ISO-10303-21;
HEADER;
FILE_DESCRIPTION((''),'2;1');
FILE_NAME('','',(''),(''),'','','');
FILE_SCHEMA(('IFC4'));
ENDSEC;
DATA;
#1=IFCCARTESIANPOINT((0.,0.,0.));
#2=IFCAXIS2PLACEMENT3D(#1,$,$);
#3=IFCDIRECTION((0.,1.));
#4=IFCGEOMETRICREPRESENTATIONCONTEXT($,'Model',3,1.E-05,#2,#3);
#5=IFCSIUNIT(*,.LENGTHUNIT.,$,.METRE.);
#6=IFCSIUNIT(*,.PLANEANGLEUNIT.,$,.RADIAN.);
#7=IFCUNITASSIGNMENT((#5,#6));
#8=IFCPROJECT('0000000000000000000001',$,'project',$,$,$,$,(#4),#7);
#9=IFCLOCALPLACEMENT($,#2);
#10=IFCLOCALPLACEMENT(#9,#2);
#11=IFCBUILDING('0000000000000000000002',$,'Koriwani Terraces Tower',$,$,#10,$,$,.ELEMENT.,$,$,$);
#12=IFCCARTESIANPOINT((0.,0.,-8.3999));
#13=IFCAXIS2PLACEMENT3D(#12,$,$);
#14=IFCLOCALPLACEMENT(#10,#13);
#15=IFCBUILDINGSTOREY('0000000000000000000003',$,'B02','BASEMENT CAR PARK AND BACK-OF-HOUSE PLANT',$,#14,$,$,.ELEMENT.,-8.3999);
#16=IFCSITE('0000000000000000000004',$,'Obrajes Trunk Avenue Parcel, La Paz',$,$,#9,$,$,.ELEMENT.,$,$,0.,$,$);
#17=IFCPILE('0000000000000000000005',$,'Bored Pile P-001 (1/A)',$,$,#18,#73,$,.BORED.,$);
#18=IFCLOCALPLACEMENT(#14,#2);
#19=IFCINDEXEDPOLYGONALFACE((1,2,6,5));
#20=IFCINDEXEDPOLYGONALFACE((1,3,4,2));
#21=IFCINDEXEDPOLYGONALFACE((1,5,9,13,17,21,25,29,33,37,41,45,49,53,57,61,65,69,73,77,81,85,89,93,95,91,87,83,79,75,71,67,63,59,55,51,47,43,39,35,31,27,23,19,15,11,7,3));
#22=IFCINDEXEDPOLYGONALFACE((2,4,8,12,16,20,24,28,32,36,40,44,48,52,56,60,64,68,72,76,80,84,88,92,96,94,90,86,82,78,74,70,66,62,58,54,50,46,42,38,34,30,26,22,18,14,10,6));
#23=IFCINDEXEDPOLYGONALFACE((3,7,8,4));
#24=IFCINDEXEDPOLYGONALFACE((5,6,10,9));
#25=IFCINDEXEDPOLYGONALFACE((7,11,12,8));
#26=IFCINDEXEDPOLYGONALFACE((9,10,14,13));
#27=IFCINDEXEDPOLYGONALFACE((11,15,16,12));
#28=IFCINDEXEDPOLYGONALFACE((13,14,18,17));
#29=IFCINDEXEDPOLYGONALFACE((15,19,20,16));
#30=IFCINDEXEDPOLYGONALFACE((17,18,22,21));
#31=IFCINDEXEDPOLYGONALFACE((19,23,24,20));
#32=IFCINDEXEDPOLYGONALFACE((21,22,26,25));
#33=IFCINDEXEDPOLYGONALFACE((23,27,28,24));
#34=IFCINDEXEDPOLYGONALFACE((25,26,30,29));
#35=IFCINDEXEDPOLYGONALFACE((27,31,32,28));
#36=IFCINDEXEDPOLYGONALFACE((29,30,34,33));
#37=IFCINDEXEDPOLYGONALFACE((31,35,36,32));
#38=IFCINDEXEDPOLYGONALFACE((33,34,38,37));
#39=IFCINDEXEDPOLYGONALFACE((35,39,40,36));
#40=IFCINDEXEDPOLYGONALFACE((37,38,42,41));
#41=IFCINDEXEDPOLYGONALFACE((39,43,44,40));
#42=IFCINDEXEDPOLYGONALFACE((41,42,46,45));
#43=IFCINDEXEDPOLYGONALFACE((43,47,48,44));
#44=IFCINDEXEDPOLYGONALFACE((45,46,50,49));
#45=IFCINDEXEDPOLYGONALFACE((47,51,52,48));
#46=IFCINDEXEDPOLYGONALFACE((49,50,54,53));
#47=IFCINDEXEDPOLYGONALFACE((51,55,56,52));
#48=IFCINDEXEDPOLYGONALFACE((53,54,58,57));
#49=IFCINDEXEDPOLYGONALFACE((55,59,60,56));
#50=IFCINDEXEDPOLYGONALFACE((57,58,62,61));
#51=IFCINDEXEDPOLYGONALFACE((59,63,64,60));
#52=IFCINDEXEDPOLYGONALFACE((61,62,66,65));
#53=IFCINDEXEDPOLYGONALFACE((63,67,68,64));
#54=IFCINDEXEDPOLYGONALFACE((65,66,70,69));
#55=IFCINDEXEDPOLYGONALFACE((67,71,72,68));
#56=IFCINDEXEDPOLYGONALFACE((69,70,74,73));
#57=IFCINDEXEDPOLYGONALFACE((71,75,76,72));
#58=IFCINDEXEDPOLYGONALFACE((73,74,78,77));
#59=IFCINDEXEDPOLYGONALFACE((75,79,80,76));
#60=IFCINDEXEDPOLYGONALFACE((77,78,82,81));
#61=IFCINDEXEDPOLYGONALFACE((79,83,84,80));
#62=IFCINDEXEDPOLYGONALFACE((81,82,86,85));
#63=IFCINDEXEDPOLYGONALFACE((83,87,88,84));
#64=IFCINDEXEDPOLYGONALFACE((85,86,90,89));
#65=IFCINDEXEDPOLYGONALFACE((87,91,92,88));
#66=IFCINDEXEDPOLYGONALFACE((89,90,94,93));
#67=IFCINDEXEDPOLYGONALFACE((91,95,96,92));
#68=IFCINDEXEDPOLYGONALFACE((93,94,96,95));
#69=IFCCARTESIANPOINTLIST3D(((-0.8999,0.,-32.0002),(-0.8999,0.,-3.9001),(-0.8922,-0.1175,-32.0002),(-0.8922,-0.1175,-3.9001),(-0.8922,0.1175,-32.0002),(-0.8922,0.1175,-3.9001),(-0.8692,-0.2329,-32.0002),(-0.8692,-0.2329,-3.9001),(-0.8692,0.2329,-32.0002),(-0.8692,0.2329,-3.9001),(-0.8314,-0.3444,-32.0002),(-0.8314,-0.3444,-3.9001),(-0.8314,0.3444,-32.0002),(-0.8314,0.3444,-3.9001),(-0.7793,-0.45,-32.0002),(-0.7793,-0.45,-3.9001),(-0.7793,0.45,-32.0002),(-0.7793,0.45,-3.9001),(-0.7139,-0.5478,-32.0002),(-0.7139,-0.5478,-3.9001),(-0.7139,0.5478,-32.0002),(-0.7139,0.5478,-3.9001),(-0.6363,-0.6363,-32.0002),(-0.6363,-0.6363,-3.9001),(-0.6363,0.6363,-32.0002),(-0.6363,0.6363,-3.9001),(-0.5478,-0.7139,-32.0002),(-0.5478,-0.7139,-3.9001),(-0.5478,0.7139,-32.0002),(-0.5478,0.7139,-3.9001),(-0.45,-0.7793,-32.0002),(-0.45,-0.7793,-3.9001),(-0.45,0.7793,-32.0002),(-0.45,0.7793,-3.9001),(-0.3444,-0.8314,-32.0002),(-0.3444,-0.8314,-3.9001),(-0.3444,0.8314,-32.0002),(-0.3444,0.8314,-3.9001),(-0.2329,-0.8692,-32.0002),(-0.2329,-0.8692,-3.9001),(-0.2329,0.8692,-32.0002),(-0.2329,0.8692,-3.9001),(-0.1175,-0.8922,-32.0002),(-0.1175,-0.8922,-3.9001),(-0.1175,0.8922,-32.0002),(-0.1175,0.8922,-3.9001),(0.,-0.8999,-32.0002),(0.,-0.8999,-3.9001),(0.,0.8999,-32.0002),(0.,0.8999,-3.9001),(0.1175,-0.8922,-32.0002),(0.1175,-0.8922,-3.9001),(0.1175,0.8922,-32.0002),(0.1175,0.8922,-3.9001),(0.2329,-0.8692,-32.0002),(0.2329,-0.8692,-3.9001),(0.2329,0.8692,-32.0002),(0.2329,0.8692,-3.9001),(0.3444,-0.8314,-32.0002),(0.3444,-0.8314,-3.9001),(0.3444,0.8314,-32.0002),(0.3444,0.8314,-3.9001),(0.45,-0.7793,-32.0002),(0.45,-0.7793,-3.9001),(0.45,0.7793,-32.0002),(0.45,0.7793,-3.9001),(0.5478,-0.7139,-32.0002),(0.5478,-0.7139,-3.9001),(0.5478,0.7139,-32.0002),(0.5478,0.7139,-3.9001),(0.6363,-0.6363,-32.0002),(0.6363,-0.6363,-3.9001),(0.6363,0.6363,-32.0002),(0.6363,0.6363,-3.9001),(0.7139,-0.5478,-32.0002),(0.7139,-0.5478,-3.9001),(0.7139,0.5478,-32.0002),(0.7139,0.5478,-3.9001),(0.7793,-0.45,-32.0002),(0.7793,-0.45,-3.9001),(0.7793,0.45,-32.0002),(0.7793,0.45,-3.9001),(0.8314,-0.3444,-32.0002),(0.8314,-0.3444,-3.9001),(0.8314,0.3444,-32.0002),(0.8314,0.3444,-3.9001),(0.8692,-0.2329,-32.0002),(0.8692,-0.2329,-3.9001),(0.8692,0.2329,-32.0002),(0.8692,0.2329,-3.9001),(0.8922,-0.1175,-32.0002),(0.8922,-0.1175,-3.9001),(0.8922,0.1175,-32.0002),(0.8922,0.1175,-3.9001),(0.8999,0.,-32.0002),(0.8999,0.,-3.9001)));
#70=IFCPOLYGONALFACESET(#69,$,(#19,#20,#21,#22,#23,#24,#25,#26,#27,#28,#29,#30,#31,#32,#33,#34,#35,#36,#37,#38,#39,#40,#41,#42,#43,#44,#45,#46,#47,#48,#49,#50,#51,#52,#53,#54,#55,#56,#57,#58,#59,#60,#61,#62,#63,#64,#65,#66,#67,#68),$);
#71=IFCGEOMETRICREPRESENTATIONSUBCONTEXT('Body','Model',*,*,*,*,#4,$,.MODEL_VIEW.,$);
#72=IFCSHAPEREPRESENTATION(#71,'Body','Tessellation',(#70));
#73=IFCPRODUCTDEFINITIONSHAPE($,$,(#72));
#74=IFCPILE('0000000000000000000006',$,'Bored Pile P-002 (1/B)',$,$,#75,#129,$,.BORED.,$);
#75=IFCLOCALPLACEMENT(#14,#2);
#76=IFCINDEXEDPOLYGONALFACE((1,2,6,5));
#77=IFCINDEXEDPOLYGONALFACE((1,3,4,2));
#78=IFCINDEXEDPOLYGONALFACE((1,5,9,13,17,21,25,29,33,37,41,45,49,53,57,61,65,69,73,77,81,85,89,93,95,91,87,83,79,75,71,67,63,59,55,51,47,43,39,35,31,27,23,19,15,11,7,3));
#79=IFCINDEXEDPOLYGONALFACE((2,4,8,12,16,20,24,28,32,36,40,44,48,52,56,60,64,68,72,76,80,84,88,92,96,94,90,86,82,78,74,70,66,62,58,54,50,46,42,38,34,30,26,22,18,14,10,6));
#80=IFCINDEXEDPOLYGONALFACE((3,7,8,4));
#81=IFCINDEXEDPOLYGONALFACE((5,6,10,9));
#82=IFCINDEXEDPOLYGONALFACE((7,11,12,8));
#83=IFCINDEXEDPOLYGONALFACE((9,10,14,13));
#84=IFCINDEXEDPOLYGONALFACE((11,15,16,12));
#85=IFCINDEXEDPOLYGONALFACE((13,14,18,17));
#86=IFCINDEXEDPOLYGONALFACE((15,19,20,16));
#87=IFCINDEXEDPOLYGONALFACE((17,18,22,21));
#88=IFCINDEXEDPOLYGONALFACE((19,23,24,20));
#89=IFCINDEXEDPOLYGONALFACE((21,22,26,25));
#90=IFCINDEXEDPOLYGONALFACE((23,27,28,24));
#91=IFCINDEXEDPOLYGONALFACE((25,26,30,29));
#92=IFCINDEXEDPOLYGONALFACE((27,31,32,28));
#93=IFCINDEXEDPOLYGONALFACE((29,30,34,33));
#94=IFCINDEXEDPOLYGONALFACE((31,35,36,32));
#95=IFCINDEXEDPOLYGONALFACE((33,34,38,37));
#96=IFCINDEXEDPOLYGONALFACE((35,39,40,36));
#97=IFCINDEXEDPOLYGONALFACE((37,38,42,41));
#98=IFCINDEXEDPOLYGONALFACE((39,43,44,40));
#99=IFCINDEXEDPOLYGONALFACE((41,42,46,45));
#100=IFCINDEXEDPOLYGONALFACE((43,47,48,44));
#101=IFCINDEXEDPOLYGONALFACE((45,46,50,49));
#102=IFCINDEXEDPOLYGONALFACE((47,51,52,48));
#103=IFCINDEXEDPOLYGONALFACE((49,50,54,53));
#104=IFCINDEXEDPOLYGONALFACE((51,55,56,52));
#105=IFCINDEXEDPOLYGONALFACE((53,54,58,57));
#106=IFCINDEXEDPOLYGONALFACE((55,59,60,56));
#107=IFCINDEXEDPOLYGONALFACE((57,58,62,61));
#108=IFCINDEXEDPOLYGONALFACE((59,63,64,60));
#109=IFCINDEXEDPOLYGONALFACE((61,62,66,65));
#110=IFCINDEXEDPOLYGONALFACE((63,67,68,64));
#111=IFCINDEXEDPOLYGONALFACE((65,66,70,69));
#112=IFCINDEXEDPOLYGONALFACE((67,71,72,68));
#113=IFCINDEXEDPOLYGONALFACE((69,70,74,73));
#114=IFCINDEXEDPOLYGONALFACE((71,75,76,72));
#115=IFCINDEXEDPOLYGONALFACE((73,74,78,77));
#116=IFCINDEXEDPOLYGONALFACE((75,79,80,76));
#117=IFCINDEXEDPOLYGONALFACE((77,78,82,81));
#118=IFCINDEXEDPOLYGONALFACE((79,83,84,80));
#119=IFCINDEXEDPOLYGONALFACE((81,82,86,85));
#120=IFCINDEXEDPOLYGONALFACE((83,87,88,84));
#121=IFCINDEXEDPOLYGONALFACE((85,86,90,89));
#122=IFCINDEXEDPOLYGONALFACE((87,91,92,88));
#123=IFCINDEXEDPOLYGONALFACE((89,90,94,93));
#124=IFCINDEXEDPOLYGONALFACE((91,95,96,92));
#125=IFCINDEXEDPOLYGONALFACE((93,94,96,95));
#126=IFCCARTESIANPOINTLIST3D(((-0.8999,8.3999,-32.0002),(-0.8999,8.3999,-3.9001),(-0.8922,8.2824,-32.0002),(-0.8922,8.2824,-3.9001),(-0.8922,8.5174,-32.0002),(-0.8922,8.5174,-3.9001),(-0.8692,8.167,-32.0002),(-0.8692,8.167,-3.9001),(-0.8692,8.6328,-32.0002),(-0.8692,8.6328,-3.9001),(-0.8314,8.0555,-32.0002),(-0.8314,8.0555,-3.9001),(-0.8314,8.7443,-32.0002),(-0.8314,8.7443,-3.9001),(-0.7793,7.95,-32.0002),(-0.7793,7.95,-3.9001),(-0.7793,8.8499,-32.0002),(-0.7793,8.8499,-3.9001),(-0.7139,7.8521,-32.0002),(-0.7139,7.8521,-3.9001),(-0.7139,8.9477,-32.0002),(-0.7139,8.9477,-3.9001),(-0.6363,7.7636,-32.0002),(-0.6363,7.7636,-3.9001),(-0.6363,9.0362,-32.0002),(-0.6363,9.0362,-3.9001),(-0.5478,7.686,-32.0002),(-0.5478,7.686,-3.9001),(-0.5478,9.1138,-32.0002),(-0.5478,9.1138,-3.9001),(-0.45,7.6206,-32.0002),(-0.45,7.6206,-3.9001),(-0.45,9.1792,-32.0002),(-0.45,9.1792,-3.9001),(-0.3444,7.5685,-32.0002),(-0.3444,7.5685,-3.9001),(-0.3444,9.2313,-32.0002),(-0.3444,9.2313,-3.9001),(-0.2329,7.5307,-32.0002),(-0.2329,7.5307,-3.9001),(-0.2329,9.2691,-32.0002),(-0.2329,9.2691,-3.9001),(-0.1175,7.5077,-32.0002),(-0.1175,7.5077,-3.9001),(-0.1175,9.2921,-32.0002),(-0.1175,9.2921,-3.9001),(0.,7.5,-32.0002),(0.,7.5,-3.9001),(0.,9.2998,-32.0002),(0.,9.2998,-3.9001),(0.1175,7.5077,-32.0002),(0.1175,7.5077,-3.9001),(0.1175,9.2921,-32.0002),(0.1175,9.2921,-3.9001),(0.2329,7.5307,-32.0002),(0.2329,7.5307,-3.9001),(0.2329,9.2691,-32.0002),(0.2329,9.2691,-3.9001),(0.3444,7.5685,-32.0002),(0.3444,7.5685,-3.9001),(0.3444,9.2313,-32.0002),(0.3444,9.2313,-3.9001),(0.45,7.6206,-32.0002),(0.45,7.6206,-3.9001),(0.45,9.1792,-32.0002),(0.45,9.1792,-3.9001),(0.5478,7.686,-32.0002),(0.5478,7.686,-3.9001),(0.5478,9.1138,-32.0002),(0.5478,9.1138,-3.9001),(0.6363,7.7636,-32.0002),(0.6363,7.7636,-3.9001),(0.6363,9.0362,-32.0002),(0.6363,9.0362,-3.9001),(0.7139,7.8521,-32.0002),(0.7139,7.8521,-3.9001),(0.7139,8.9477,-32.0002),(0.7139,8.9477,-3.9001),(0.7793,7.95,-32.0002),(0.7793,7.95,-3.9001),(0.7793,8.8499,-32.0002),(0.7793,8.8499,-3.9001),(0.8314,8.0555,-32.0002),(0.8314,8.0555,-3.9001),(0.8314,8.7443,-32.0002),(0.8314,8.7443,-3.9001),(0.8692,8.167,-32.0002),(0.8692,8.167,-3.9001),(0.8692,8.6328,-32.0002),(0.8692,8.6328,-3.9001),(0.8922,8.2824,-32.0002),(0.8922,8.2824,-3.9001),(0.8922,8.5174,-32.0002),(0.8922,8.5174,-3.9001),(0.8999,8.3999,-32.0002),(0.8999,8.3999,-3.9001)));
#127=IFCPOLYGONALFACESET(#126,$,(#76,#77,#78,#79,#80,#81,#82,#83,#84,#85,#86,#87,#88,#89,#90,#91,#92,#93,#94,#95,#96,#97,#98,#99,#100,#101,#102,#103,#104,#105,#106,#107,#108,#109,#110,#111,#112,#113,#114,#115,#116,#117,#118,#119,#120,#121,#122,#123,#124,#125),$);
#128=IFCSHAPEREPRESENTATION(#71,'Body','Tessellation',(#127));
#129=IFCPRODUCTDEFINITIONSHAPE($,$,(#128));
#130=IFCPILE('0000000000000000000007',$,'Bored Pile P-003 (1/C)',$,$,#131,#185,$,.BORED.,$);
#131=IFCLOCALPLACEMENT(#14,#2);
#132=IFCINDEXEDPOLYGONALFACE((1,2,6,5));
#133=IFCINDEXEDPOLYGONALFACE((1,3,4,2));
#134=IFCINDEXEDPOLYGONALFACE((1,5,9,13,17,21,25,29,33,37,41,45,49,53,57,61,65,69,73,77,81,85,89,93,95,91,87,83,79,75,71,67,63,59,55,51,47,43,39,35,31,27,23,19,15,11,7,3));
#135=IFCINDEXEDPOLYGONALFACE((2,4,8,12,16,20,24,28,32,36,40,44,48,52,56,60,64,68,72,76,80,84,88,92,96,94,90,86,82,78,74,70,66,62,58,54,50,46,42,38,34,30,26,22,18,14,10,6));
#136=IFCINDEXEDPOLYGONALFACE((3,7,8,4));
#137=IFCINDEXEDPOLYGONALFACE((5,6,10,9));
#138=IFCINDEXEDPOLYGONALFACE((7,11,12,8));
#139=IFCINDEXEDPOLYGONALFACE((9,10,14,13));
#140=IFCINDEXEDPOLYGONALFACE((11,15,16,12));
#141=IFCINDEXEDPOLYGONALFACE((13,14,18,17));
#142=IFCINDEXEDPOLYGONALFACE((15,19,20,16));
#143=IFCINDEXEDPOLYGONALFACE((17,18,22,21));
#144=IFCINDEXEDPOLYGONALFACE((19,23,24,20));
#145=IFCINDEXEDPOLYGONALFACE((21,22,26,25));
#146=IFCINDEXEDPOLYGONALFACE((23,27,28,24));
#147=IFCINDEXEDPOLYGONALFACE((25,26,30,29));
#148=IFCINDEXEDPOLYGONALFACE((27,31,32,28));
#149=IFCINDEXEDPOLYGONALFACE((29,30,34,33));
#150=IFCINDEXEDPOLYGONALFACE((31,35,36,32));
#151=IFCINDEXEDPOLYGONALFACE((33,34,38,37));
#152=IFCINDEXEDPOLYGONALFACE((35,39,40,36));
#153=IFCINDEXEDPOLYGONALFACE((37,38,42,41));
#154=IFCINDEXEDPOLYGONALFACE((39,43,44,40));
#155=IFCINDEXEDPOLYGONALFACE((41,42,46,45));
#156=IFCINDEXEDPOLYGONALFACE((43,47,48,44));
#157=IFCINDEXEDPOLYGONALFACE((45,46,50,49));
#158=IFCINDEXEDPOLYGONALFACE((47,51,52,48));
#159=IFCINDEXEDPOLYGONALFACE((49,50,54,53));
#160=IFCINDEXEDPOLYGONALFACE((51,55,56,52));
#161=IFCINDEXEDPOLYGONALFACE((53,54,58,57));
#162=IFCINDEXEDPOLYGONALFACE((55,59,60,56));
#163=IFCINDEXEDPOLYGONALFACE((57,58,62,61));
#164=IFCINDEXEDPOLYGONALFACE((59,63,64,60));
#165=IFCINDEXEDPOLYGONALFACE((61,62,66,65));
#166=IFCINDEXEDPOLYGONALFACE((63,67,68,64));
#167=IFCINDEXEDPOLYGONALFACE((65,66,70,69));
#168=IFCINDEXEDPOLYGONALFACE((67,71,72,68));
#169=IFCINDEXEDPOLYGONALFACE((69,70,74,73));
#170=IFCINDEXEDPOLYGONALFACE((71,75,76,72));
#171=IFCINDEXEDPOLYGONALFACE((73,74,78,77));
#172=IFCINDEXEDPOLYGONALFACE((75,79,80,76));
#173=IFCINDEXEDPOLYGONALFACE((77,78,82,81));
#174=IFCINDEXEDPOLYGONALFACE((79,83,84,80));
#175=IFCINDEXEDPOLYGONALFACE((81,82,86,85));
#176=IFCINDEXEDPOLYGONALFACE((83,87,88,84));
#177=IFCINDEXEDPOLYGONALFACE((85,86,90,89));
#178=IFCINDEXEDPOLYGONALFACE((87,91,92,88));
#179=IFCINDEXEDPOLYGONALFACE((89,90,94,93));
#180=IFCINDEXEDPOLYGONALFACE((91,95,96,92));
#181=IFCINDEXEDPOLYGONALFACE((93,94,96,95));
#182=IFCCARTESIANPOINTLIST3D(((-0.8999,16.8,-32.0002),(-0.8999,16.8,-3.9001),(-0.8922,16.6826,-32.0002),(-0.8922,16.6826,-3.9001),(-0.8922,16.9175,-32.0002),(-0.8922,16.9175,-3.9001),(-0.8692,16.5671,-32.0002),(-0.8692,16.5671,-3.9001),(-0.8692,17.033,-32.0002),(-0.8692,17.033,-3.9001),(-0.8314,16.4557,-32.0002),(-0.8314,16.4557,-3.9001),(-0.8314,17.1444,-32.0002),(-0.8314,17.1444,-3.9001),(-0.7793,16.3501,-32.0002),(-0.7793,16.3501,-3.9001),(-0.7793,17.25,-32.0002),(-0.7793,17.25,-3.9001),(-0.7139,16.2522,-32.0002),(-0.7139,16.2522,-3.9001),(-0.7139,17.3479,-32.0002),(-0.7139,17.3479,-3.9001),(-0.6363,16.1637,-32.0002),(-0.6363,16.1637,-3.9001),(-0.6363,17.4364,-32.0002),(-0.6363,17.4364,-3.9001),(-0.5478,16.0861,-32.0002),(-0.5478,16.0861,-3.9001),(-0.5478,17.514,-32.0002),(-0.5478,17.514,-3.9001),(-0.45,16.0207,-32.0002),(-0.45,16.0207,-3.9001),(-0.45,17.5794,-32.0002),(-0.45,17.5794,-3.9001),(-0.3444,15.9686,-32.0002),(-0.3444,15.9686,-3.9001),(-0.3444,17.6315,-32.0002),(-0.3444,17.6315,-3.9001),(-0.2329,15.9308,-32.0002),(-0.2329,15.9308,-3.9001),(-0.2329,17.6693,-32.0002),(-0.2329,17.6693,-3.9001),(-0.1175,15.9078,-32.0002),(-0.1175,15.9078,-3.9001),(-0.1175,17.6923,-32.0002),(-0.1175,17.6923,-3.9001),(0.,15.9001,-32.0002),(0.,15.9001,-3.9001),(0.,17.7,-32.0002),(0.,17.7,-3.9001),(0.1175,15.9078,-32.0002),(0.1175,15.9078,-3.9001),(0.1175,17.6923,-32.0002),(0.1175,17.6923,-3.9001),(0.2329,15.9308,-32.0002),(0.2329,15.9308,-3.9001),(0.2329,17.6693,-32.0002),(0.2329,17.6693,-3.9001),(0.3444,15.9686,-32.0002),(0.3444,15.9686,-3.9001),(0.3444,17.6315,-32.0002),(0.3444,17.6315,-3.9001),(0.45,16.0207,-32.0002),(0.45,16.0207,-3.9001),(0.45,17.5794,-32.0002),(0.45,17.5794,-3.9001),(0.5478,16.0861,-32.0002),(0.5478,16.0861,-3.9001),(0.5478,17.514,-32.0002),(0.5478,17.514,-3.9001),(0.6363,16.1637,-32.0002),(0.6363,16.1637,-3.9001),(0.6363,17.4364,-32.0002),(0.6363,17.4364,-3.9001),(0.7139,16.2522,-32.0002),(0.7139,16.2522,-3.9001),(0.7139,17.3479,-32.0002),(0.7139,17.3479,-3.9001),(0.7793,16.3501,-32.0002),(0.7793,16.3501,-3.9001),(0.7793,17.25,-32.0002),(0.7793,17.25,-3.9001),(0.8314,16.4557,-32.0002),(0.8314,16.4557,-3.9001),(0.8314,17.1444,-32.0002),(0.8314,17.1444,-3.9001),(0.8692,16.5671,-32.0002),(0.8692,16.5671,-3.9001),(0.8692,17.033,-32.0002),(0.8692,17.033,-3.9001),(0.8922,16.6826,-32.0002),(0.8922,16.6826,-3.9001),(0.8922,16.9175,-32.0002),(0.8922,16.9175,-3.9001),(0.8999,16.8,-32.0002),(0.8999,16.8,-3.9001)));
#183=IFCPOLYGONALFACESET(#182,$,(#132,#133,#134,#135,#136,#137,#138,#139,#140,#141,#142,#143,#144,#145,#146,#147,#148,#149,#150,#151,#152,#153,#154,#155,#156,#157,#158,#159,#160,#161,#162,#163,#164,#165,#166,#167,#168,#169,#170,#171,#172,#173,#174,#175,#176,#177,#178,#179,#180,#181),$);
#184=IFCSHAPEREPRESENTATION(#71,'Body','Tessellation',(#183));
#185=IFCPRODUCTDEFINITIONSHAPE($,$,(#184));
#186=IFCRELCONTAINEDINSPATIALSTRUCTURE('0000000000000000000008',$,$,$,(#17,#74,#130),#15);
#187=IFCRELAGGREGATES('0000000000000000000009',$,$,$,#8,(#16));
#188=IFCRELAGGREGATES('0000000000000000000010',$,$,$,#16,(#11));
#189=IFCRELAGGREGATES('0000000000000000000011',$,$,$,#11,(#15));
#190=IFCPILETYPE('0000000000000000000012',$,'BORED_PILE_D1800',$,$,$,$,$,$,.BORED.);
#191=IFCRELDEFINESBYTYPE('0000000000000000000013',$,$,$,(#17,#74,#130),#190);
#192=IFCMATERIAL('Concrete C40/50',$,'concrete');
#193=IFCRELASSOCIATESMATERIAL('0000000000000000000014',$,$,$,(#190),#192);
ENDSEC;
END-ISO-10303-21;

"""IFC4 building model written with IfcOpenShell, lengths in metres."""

from ifc_helpers import new_model, si_unit, direction, frame, origin, origin_2d, place, context, subcontext, project, spatial, circle, extrude, material, material_profile, profile_set, type_object, element, save


model = new_model("IFC4")

# Units and contexts
model_context = context("Model", 3, precision=1e-05, world=origin(), true_north=direction((0.0, 1.0)))
body_context = subcontext(model_context, "Body", "Model", "MODEL_VIEW")
ifc_project = project(units=[si_unit("LENGTHUNIT", "METRE"), si_unit("PLANEANGLEUNIT", "RADIAN")], contexts=[model_context])

# Site, building, storey
site_placement = place(None, origin())
site = spatial("IfcSite", under=ifc_project, at=site_placement, Name="Obrajes Trunk Avenue Parcel, La Paz", CompositionType="ELEMENT", RefElevation=0.0)
building_placement = place(site_placement, origin())
building = spatial("IfcBuilding", under=site, at=building_placement, Name="Koriwani Terraces Tower", CompositionType="ELEMENT")
storey_placement = place(building_placement, frame((0.0, 0.0, -8.3999)))
storey = spatial("IfcBuildingStorey", under=building, at=storey_placement, Name="B02", Description="BASEMENT CAR PARK AND BACK-OF-HOUSE PLANT", CompositionType="ELEMENT", Elevation=-8.3999)

# Piles
ifc_material_1 = material(Name="Concrete C40/50", Category="concrete")
ifc_material_profile_1 = material_profile(ifc_material_1, circle(Radius=0.8999, at=origin_2d()), Name="Concrete C40/50")
ifc_profile_set_1 = profile_set([ifc_material_profile_1], Name="Concrete C40/50")
pile_type = type_object("IfcPileType", Name="BORED_PILE_D1800", PredefinedType="BORED", material=ifc_profile_set_1)
for number, where, z_axis, x_axis, name in (
    (1, (0.0, 0.0, -3.9001), (0.0, 0.0, -1.0), (1.0, 0.0, 0.0), "Bored Pile P-001 (1/A)"),
    (2, (0.0, 8.3999, -3.9001), (0.0, 0.0, -1.0), (1.0, 0.0, 0.0), "Bored Pile P-002 (1/B)"),
    (3, (0.0, 16.8, -3.9001), (0.0, 0.0, -1.0), (1.0, 0.0, 0.0), "Bored Pile P-003 (1/C)"),
):
    element("IfcPile", number, at=place(storey_placement, frame(where, z_axis=z_axis, x_axis=x_axis)), inside=storey, type_object=pile_type, Name=name, PredefinedType="BORED", context=body_context, shape_type="SweptSolid", body=[
        extrude(circle(Radius=0.8999, at=origin_2d()), origin(), (0.0, 0.0, 1.0), 28.1001),
    ])

save(model, "model.ifc")
